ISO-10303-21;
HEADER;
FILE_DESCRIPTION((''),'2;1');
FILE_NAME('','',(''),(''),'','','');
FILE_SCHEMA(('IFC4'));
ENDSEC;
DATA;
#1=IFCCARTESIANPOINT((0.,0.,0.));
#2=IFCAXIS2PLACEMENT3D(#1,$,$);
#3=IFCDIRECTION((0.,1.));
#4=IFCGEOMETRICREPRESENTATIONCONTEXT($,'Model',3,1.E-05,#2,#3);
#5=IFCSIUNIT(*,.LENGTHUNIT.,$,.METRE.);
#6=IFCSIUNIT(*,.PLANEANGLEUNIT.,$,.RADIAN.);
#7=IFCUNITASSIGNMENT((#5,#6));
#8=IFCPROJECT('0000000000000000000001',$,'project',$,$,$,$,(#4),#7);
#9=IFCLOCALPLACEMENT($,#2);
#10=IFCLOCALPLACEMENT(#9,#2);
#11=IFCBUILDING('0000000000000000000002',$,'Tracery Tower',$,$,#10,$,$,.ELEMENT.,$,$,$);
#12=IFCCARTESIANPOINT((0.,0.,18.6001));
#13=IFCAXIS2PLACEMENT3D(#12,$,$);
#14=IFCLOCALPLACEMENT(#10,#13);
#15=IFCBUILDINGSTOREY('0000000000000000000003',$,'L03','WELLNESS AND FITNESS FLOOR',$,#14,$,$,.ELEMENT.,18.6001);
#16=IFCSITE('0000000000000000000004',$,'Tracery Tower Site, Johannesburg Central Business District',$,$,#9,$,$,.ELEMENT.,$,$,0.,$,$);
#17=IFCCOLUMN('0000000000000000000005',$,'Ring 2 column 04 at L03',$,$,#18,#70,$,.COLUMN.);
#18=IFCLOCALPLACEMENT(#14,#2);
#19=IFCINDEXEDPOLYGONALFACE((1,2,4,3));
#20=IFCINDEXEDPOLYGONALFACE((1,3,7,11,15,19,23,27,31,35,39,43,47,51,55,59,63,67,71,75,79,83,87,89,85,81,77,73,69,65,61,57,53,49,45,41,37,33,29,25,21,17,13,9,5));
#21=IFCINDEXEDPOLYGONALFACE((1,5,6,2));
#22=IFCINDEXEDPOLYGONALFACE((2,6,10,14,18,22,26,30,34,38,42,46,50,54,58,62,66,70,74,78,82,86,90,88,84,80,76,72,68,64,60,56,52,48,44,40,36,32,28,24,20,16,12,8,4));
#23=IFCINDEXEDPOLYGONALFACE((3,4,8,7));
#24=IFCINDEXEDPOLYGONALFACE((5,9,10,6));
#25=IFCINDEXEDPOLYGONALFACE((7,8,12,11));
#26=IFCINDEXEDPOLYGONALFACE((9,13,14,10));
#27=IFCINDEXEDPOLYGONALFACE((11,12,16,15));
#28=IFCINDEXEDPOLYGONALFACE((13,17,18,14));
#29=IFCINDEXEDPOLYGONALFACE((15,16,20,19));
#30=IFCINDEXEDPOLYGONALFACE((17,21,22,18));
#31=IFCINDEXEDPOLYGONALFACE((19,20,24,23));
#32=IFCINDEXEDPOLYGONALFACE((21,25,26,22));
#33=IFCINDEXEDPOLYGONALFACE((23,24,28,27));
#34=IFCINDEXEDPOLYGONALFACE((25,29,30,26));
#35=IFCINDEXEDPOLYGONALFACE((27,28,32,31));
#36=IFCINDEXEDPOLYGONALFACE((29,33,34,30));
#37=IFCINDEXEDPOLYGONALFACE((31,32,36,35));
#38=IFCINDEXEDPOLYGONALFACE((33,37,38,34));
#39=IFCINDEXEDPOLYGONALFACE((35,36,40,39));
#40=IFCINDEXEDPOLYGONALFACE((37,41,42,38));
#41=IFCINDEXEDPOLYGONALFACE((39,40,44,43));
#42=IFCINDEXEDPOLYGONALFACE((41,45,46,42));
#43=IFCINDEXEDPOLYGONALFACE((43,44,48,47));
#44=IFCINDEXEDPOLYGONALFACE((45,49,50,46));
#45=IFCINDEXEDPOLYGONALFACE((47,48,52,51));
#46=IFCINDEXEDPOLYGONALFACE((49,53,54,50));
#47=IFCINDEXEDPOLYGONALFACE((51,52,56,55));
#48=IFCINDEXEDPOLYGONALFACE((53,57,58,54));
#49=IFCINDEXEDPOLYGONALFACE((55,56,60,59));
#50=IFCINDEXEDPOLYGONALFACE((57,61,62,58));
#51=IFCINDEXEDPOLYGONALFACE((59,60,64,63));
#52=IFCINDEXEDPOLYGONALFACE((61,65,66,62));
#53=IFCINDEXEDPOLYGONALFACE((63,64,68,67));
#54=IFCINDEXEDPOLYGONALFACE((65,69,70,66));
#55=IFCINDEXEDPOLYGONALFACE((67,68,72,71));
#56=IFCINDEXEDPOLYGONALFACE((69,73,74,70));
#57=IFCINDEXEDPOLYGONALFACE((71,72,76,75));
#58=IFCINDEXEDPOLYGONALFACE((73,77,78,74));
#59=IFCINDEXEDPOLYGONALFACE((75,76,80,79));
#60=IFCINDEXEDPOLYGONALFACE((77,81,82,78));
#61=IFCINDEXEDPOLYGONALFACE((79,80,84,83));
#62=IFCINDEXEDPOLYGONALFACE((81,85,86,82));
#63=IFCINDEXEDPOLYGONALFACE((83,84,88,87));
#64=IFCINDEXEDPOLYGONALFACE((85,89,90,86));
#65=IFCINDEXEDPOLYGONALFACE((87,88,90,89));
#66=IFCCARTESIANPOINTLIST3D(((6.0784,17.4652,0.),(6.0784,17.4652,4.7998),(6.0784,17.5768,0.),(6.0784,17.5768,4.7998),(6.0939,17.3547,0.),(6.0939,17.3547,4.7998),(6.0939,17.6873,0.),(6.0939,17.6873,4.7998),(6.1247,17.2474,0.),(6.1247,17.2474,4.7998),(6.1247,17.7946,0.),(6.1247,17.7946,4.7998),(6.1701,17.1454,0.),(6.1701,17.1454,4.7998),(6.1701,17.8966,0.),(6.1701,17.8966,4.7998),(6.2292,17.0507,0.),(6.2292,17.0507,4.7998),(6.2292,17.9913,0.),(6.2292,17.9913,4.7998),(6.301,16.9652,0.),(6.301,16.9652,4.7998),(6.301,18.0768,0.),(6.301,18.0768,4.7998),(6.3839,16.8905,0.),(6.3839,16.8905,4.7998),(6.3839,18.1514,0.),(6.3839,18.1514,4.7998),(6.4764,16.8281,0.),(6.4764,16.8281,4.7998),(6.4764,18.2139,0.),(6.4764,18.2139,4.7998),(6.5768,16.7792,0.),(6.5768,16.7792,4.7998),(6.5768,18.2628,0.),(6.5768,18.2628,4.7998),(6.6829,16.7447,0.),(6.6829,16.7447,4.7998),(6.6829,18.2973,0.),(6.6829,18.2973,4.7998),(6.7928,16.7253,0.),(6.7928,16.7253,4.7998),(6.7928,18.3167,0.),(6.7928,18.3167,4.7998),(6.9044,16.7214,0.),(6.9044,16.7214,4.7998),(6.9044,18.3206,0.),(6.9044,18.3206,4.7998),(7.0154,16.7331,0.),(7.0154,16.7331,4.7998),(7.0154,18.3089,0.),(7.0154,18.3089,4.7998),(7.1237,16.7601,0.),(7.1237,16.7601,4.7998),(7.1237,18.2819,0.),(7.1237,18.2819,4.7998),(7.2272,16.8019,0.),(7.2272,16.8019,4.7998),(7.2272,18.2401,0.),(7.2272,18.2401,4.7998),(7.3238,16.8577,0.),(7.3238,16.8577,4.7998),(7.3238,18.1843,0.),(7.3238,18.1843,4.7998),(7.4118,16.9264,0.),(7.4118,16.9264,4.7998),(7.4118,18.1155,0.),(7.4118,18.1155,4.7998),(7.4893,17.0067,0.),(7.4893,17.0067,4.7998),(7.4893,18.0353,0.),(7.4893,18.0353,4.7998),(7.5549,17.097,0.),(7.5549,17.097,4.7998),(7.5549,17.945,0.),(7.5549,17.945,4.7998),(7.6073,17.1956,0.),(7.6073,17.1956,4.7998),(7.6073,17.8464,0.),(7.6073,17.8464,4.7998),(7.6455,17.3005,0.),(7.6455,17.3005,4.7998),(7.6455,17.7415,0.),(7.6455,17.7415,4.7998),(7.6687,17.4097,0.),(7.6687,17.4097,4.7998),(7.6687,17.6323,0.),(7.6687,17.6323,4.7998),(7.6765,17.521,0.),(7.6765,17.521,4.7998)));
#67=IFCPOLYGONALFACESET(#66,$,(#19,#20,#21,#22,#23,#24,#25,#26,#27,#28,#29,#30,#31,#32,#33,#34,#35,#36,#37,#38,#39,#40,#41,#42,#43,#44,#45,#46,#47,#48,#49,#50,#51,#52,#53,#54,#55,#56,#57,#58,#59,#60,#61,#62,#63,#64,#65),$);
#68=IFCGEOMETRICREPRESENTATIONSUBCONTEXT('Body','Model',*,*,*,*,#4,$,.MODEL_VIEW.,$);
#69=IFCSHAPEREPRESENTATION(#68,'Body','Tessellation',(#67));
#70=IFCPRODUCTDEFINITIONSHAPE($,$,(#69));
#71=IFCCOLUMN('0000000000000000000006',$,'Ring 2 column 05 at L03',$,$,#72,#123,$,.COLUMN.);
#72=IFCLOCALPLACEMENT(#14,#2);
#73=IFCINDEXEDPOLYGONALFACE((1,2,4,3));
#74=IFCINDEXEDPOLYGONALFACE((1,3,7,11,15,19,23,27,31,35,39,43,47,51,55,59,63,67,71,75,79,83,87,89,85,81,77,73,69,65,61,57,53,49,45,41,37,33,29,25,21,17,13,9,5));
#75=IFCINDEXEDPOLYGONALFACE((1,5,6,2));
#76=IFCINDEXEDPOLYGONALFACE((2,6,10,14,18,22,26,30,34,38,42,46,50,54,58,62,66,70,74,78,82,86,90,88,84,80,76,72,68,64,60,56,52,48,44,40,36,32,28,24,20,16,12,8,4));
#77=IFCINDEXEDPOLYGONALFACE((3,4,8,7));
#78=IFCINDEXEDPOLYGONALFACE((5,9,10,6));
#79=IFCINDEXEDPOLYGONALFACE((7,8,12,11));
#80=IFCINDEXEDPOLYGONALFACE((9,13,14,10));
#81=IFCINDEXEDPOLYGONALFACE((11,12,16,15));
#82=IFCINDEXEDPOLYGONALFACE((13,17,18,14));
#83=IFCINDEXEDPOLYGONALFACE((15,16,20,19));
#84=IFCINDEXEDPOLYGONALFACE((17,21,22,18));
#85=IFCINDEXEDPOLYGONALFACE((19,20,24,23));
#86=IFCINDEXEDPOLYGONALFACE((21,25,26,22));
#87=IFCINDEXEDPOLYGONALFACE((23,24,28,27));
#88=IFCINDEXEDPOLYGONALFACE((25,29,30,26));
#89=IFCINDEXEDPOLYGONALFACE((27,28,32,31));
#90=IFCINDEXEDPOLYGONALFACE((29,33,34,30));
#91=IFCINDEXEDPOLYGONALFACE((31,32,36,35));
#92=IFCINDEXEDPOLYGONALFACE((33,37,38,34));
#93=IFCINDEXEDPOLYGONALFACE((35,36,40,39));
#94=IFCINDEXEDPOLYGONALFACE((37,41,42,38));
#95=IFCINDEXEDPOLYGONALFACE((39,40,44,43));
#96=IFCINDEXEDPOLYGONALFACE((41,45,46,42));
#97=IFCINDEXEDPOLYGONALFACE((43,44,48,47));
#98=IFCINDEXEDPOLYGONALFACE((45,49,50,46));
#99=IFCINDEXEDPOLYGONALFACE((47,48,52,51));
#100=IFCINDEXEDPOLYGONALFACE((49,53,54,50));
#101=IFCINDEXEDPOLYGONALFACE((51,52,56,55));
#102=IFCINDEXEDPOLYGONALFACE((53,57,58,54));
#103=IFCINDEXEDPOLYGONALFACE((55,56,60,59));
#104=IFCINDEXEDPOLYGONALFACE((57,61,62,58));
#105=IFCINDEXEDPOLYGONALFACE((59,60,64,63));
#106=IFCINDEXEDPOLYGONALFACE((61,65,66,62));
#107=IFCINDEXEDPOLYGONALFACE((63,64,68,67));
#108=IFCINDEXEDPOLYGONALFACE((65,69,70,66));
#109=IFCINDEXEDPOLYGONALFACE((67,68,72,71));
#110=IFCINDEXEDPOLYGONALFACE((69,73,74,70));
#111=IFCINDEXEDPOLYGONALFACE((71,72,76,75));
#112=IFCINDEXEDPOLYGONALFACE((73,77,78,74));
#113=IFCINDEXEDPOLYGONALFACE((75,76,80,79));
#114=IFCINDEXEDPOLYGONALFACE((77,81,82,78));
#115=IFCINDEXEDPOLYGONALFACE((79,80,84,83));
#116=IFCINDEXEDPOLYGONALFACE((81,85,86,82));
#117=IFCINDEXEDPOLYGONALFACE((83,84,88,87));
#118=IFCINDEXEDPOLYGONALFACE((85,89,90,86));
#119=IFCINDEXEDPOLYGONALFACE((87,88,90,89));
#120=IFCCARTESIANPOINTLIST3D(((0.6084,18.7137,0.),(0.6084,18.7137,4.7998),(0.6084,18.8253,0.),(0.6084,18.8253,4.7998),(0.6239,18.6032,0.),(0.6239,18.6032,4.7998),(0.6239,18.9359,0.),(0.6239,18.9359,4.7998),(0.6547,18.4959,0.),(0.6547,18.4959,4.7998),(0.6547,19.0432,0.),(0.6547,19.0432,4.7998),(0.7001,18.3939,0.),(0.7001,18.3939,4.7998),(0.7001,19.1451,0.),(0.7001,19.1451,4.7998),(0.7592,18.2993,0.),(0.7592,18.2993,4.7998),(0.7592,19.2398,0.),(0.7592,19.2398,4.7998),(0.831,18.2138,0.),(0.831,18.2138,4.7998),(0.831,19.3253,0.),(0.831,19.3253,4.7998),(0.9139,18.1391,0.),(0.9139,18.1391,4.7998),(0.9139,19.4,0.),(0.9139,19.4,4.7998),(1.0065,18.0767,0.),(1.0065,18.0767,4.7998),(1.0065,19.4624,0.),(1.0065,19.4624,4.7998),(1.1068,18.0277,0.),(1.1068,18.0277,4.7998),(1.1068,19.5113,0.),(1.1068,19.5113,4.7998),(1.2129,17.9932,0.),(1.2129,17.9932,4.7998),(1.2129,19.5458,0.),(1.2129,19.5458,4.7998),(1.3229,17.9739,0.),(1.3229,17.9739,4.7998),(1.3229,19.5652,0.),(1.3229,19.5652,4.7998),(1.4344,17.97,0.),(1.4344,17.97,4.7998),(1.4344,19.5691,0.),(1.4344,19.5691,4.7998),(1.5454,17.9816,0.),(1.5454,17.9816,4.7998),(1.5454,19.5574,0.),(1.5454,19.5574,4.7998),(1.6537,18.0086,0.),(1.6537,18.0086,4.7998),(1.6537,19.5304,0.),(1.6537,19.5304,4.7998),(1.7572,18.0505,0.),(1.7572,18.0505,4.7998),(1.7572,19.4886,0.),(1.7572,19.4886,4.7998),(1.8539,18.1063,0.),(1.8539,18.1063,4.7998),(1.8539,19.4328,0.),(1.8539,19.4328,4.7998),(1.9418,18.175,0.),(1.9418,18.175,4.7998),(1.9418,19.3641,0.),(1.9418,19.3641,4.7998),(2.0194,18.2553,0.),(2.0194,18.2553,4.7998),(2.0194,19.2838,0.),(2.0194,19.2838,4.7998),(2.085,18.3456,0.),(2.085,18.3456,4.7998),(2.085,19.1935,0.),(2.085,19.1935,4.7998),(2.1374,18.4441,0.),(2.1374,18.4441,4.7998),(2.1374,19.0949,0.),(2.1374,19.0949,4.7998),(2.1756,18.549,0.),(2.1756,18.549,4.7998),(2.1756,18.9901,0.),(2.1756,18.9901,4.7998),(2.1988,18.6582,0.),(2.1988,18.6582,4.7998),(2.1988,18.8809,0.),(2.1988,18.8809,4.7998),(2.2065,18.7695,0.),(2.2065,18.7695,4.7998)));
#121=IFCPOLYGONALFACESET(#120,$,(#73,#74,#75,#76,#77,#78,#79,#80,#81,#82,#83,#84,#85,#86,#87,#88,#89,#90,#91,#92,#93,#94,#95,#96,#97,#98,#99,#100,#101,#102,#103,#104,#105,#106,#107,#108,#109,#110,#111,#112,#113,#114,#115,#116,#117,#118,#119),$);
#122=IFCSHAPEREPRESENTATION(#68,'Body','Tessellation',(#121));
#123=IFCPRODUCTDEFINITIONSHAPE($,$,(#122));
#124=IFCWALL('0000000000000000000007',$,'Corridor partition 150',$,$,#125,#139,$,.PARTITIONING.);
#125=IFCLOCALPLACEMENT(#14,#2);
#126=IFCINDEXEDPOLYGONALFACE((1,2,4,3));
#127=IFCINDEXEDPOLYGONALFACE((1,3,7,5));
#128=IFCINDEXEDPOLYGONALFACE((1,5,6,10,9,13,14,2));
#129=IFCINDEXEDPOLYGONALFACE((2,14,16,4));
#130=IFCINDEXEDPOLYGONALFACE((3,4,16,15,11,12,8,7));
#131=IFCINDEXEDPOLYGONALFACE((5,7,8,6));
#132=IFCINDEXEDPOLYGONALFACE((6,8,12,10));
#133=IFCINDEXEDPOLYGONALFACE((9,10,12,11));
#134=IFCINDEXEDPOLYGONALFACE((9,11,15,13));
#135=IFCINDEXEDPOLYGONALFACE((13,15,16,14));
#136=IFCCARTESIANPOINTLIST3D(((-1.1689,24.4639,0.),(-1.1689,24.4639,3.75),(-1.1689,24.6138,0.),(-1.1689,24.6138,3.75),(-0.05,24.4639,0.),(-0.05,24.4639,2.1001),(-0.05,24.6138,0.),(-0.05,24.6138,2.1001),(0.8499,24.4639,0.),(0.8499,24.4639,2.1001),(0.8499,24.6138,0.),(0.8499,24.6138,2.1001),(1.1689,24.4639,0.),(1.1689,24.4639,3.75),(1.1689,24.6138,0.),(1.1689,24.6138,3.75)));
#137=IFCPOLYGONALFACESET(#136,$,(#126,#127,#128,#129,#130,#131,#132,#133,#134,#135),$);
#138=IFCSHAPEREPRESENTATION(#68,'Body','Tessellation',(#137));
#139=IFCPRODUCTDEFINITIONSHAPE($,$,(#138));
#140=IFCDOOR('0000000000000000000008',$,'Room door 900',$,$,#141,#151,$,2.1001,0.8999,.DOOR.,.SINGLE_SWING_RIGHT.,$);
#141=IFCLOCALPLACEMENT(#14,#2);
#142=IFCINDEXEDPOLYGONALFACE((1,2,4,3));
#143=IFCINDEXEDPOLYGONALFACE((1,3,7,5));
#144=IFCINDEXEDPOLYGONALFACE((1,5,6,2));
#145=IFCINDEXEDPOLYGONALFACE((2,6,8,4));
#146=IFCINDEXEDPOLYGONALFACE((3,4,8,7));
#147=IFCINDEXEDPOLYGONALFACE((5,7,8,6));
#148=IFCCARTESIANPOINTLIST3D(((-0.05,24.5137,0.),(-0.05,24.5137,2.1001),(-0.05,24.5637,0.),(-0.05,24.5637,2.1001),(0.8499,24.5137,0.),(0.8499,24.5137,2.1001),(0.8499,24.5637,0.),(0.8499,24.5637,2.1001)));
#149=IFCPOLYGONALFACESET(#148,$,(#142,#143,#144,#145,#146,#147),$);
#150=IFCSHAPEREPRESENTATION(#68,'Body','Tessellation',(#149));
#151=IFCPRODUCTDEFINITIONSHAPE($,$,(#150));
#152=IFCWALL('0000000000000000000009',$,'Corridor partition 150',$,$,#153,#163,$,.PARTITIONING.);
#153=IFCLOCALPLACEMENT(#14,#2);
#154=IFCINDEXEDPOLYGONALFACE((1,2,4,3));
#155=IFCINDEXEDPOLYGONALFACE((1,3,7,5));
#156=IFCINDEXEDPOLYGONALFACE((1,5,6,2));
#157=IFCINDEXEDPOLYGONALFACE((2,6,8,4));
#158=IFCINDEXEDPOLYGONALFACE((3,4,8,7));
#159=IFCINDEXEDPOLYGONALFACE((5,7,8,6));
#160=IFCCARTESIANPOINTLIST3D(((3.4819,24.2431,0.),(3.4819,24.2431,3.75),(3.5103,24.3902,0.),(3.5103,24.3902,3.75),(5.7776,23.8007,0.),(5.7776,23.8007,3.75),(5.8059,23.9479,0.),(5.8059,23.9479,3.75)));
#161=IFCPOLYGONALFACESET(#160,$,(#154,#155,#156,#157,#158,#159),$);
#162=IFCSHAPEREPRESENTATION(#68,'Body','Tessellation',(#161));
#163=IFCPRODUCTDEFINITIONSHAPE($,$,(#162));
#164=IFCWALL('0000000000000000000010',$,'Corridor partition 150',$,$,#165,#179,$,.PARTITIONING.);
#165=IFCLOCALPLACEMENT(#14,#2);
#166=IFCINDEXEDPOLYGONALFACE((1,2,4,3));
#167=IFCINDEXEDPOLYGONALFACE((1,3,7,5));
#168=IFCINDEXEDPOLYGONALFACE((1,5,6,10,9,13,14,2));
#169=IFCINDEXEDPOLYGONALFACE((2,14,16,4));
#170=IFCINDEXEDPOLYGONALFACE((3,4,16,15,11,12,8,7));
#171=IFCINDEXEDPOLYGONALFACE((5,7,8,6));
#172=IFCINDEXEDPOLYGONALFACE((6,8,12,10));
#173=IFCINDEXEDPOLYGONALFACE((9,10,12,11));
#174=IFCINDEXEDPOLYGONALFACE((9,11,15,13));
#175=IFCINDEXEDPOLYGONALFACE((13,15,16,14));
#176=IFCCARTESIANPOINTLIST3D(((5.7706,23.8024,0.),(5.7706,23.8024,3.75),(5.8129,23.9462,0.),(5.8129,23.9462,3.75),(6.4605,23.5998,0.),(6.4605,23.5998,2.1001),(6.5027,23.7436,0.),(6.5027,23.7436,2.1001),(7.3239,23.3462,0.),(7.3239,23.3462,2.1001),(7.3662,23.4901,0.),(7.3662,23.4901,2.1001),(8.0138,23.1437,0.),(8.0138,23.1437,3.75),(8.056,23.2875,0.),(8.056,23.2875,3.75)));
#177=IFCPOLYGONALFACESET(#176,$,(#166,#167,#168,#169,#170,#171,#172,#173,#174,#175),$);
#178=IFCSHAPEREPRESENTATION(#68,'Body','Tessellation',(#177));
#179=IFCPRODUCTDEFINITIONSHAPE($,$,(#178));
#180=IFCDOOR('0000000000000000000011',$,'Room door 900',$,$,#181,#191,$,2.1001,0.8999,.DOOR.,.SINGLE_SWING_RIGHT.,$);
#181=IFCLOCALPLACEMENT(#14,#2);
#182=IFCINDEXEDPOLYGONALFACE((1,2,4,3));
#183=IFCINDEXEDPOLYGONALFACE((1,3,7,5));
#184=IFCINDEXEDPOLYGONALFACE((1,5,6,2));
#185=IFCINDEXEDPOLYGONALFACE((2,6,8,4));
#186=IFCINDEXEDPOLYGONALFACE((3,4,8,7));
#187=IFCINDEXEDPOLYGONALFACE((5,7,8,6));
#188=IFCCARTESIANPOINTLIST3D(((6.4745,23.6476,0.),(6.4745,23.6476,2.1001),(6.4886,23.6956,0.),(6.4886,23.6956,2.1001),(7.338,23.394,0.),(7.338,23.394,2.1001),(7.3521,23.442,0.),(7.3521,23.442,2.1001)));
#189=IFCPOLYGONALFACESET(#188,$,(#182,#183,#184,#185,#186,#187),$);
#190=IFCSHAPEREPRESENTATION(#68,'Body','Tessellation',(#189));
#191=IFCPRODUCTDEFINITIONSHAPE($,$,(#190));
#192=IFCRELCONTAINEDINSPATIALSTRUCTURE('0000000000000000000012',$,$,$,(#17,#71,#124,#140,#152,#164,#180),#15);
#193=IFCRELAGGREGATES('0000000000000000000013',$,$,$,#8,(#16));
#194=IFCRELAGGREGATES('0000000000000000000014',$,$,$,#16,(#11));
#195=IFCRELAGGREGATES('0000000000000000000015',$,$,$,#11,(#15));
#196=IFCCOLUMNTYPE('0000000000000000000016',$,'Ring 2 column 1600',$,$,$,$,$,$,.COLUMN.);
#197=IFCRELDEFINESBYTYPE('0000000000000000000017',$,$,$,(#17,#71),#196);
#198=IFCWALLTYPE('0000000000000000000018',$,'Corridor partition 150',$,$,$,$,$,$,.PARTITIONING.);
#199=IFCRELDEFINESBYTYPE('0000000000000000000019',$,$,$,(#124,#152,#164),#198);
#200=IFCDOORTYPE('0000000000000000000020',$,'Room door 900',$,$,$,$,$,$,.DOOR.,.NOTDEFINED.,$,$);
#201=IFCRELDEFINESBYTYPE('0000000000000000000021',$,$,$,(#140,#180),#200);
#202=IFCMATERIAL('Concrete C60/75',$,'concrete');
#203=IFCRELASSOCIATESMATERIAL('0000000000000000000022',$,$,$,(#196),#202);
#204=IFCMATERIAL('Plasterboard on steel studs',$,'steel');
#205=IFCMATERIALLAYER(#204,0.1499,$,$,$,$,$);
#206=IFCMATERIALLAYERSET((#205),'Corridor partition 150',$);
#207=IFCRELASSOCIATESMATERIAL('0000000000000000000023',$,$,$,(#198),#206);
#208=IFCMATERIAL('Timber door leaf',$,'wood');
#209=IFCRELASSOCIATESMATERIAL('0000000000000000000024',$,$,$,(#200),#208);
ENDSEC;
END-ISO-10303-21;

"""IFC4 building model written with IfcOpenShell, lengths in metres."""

from ifc_helpers import new_model, si_unit, direction, frame, frame_2d, origin, origin_2d, place, context, subcontext, project, spatial, rectangle, circle, extrude, material, layer, layer_set, material_profile, profile_set, type_object, element, fill, save


model = new_model("IFC4")

# Units and contexts
model_context = context("Model", 3, precision=1e-05, world=origin(), true_north=direction((0.0, 1.0)))
body_context = subcontext(model_context, "Body", "Model", "MODEL_VIEW")
ifc_project = project(units=[si_unit("LENGTHUNIT", "METRE"), si_unit("PLANEANGLEUNIT", "RADIAN")], contexts=[model_context])

# Site, building, storey
site_placement = place(None, origin())
site = spatial("IfcSite", under=ifc_project, at=site_placement, Name="Tracery Tower Site, Johannesburg Central Business District", CompositionType="ELEMENT", RefElevation=0.0)
building_placement = place(site_placement, origin())
building = spatial("IfcBuilding", under=site, at=building_placement, Name="Tracery Tower", CompositionType="ELEMENT")
storey_placement = place(building_placement, frame((0.0, 0.0, 18.6001)))
storey = spatial("IfcBuildingStorey", under=building, at=storey_placement, Name="L03", Description="WELLNESS AND FITNESS FLOOR", CompositionType="ELEMENT", Elevation=18.6001)

# Columns
ifc_material_1 = material(Name="Concrete C60/75", Category="concrete")
ifc_material_profile_1 = material_profile(ifc_material_1, circle(Radius=0.8, at=origin_2d()), Name="RC D1600")
ifc_profile_set_1 = profile_set([ifc_material_profile_1], Name="Concrete C60/75")
column_type_1 = type_object("IfcColumnType", Name="Ring 2 column 1600", PredefinedType="COLUMN", material=ifc_profile_set_1)
for number, where, z_axis, x_axis, name in (
    (1, (6.8765, 17.521, 0.0), (0.0, 0.0, 1.0), (1.0, 0.0, 0.0), "Ring 2 column 04 at L03"),
    (2, (1.4065, 18.7695, 0.0), (0.0, 0.0, 1.0), (1.0, 0.0, 0.0), "Ring 2 column 05 at L03"),
):
    element("IfcColumn", number, at=place(storey_placement, frame(where, z_axis=z_axis, x_axis=x_axis)), inside=storey, type_object=column_type_1, Name=name, PredefinedType="COLUMN", context=body_context, shape_type="SweptSolid", body=[
        extrude(circle(Radius=0.8, at=origin_2d()), origin(), (0.0, 0.0, 1.0), 4.7998),
    ])

# Wall, opening, door
ifc_material_2 = material(Name="Plasterboard on steel studs", Category="steel")
ifc_layer = layer(ifc_material_2, 0.1499)
ifc_layer_set = layer_set([ifc_layer], Name="Corridor partition 150")
wall_type = type_object("IfcWallType", Name="Corridor partition 150", PredefinedType="PARTITIONING", material=ifc_layer_set)
wall_1_placement = place(storey_placement, frame((-1.1689, 24.5388, 0.0), z_axis=(0.0, 0.0, 1.0), x_axis=(1.0, 0.0, 0.0)))
wall_1 = element("IfcWall", 3, at=wall_1_placement, inside=storey, type_object=wall_type, Name="Corridor partition 150", PredefinedType="PARTITIONING", context=body_context, shape_type="SweptSolid", body=[
    extrude(rectangle(XDim=2.3379, YDim=0.1499, at=frame_2d((1.1689, 0.0))), origin(), (0.0, 0.0, 1.0), 3.75),
])
opening_1_placement = place(wall_1_placement, frame((1.1189, 0.0, 0.0)))
opening_1 = element("IfcOpeningElement", 4, at=opening_1_placement, cuts=wall_1, PredefinedType="OPENING", context=body_context, shape_type="SweptSolid", body=[
    extrude(rectangle(XDim=0.8999, YDim=2.1001, at=frame_2d((0.45, 1.05))), frame((0.0, 0.075, 0.0), z_axis=(0.0, -1.0, 0.0), x_axis=(1.0, 0.0, 0.0)), (0.0, 0.0, 1.0), 0.1499),
])
ifc_material_3 = material(Name="Timber door leaf", Category="wood")
door_type_1 = type_object("IfcDoorType", Name="Room door 900", OperationType="NOTDEFINED", PredefinedType="DOOR", material=ifc_material_3)
door_1_placement = place(opening_1_placement, origin())
door_1 = element("IfcDoor", 5, at=door_1_placement, inside=storey, type_object=door_type_1, Name="Room door 900", OperationType="SINGLE_SWING_RIGHT", OverallHeight=2.1001, OverallWidth=0.8999, PredefinedType="DOOR", context=body_context, shape_type="SweptSolid", body=[
    extrude(rectangle(XDim=0.8999, YDim=2.1001, at=frame_2d((0.45, 1.05))), frame((0.0, 0.0249, 0.0), z_axis=(0.0, -1.0, 0.0), x_axis=(1.0, 0.0, 0.0)), (0.0, 0.0, 1.0), 0.05),
])
fill(opening_1, door_1)

# Wall
wall_2_placement = place(storey_placement, frame((5.7917, 23.8743, 0.0), z_axis=(0.0, 0.0, 1.0), x_axis=(-0.981934, 0.189223, 0.0)))
element("IfcWall", 6, at=wall_2_placement, inside=storey, type_object=wall_type, Name="Corridor partition 150", PredefinedType="PARTITIONING", context=body_context, shape_type="SweptSolid", body=[
    extrude(rectangle(XDim=2.3379, YDim=0.1499, at=frame_2d((1.1689, 0.0))), origin(), (0.0, 0.0, 1.0), 3.75),
])

# Wall, opening, door
wall_3_placement = place(storey_placement, frame((5.7917, 23.8743, 0.0), z_axis=(0.0, 0.0, 1.0), x_axis=(0.959488, -0.281748, 0.0)))
wall_3 = element("IfcWall", 7, at=wall_3_placement, inside=storey, type_object=wall_type, Name="Corridor partition 150", PredefinedType="PARTITIONING", context=body_context, shape_type="SweptSolid", body=[
    extrude(rectangle(XDim=2.3379, YDim=0.1499, at=frame_2d((1.1689, 0.0))), origin(), (0.0, 0.0, 1.0), 3.75),
])
opening_2_placement = place(wall_3_placement, frame((0.719, 0.0, 0.0)))
opening_2 = element("IfcOpeningElement", 8, at=opening_2_placement, cuts=wall_3, PredefinedType="OPENING", context=body_context, shape_type="SweptSolid", body=[
    extrude(rectangle(XDim=0.8999, YDim=2.1001, at=frame_2d((0.45, 1.05))), frame((0.0, 0.075, 0.0), z_axis=(0.0, -1.0, 0.0), x_axis=(1.0, 0.0, 0.0)), (0.0, 0.0, 1.0), 0.1499),
])
door_2_placement = place(opening_2_placement, origin())
door_2 = element("IfcDoor", 9, at=door_2_placement, inside=storey, type_object=door_type_1, Name="Room door 900", OperationType="SINGLE_SWING_RIGHT", OverallHeight=2.1001, OverallWidth=0.8999, PredefinedType="DOOR", context=body_context, shape_type="SweptSolid", body=[
    extrude(rectangle(XDim=0.8999, YDim=2.1001, at=frame_2d((0.45, 1.05))), frame((0.0, 0.0249, 0.0), z_axis=(0.0, -1.0, 0.0), x_axis=(1.0, 0.0, 0.0)), (0.0, 0.0, 1.0), 0.05),
])
fill(opening_2, door_2)

save(model, "model.ifc")
